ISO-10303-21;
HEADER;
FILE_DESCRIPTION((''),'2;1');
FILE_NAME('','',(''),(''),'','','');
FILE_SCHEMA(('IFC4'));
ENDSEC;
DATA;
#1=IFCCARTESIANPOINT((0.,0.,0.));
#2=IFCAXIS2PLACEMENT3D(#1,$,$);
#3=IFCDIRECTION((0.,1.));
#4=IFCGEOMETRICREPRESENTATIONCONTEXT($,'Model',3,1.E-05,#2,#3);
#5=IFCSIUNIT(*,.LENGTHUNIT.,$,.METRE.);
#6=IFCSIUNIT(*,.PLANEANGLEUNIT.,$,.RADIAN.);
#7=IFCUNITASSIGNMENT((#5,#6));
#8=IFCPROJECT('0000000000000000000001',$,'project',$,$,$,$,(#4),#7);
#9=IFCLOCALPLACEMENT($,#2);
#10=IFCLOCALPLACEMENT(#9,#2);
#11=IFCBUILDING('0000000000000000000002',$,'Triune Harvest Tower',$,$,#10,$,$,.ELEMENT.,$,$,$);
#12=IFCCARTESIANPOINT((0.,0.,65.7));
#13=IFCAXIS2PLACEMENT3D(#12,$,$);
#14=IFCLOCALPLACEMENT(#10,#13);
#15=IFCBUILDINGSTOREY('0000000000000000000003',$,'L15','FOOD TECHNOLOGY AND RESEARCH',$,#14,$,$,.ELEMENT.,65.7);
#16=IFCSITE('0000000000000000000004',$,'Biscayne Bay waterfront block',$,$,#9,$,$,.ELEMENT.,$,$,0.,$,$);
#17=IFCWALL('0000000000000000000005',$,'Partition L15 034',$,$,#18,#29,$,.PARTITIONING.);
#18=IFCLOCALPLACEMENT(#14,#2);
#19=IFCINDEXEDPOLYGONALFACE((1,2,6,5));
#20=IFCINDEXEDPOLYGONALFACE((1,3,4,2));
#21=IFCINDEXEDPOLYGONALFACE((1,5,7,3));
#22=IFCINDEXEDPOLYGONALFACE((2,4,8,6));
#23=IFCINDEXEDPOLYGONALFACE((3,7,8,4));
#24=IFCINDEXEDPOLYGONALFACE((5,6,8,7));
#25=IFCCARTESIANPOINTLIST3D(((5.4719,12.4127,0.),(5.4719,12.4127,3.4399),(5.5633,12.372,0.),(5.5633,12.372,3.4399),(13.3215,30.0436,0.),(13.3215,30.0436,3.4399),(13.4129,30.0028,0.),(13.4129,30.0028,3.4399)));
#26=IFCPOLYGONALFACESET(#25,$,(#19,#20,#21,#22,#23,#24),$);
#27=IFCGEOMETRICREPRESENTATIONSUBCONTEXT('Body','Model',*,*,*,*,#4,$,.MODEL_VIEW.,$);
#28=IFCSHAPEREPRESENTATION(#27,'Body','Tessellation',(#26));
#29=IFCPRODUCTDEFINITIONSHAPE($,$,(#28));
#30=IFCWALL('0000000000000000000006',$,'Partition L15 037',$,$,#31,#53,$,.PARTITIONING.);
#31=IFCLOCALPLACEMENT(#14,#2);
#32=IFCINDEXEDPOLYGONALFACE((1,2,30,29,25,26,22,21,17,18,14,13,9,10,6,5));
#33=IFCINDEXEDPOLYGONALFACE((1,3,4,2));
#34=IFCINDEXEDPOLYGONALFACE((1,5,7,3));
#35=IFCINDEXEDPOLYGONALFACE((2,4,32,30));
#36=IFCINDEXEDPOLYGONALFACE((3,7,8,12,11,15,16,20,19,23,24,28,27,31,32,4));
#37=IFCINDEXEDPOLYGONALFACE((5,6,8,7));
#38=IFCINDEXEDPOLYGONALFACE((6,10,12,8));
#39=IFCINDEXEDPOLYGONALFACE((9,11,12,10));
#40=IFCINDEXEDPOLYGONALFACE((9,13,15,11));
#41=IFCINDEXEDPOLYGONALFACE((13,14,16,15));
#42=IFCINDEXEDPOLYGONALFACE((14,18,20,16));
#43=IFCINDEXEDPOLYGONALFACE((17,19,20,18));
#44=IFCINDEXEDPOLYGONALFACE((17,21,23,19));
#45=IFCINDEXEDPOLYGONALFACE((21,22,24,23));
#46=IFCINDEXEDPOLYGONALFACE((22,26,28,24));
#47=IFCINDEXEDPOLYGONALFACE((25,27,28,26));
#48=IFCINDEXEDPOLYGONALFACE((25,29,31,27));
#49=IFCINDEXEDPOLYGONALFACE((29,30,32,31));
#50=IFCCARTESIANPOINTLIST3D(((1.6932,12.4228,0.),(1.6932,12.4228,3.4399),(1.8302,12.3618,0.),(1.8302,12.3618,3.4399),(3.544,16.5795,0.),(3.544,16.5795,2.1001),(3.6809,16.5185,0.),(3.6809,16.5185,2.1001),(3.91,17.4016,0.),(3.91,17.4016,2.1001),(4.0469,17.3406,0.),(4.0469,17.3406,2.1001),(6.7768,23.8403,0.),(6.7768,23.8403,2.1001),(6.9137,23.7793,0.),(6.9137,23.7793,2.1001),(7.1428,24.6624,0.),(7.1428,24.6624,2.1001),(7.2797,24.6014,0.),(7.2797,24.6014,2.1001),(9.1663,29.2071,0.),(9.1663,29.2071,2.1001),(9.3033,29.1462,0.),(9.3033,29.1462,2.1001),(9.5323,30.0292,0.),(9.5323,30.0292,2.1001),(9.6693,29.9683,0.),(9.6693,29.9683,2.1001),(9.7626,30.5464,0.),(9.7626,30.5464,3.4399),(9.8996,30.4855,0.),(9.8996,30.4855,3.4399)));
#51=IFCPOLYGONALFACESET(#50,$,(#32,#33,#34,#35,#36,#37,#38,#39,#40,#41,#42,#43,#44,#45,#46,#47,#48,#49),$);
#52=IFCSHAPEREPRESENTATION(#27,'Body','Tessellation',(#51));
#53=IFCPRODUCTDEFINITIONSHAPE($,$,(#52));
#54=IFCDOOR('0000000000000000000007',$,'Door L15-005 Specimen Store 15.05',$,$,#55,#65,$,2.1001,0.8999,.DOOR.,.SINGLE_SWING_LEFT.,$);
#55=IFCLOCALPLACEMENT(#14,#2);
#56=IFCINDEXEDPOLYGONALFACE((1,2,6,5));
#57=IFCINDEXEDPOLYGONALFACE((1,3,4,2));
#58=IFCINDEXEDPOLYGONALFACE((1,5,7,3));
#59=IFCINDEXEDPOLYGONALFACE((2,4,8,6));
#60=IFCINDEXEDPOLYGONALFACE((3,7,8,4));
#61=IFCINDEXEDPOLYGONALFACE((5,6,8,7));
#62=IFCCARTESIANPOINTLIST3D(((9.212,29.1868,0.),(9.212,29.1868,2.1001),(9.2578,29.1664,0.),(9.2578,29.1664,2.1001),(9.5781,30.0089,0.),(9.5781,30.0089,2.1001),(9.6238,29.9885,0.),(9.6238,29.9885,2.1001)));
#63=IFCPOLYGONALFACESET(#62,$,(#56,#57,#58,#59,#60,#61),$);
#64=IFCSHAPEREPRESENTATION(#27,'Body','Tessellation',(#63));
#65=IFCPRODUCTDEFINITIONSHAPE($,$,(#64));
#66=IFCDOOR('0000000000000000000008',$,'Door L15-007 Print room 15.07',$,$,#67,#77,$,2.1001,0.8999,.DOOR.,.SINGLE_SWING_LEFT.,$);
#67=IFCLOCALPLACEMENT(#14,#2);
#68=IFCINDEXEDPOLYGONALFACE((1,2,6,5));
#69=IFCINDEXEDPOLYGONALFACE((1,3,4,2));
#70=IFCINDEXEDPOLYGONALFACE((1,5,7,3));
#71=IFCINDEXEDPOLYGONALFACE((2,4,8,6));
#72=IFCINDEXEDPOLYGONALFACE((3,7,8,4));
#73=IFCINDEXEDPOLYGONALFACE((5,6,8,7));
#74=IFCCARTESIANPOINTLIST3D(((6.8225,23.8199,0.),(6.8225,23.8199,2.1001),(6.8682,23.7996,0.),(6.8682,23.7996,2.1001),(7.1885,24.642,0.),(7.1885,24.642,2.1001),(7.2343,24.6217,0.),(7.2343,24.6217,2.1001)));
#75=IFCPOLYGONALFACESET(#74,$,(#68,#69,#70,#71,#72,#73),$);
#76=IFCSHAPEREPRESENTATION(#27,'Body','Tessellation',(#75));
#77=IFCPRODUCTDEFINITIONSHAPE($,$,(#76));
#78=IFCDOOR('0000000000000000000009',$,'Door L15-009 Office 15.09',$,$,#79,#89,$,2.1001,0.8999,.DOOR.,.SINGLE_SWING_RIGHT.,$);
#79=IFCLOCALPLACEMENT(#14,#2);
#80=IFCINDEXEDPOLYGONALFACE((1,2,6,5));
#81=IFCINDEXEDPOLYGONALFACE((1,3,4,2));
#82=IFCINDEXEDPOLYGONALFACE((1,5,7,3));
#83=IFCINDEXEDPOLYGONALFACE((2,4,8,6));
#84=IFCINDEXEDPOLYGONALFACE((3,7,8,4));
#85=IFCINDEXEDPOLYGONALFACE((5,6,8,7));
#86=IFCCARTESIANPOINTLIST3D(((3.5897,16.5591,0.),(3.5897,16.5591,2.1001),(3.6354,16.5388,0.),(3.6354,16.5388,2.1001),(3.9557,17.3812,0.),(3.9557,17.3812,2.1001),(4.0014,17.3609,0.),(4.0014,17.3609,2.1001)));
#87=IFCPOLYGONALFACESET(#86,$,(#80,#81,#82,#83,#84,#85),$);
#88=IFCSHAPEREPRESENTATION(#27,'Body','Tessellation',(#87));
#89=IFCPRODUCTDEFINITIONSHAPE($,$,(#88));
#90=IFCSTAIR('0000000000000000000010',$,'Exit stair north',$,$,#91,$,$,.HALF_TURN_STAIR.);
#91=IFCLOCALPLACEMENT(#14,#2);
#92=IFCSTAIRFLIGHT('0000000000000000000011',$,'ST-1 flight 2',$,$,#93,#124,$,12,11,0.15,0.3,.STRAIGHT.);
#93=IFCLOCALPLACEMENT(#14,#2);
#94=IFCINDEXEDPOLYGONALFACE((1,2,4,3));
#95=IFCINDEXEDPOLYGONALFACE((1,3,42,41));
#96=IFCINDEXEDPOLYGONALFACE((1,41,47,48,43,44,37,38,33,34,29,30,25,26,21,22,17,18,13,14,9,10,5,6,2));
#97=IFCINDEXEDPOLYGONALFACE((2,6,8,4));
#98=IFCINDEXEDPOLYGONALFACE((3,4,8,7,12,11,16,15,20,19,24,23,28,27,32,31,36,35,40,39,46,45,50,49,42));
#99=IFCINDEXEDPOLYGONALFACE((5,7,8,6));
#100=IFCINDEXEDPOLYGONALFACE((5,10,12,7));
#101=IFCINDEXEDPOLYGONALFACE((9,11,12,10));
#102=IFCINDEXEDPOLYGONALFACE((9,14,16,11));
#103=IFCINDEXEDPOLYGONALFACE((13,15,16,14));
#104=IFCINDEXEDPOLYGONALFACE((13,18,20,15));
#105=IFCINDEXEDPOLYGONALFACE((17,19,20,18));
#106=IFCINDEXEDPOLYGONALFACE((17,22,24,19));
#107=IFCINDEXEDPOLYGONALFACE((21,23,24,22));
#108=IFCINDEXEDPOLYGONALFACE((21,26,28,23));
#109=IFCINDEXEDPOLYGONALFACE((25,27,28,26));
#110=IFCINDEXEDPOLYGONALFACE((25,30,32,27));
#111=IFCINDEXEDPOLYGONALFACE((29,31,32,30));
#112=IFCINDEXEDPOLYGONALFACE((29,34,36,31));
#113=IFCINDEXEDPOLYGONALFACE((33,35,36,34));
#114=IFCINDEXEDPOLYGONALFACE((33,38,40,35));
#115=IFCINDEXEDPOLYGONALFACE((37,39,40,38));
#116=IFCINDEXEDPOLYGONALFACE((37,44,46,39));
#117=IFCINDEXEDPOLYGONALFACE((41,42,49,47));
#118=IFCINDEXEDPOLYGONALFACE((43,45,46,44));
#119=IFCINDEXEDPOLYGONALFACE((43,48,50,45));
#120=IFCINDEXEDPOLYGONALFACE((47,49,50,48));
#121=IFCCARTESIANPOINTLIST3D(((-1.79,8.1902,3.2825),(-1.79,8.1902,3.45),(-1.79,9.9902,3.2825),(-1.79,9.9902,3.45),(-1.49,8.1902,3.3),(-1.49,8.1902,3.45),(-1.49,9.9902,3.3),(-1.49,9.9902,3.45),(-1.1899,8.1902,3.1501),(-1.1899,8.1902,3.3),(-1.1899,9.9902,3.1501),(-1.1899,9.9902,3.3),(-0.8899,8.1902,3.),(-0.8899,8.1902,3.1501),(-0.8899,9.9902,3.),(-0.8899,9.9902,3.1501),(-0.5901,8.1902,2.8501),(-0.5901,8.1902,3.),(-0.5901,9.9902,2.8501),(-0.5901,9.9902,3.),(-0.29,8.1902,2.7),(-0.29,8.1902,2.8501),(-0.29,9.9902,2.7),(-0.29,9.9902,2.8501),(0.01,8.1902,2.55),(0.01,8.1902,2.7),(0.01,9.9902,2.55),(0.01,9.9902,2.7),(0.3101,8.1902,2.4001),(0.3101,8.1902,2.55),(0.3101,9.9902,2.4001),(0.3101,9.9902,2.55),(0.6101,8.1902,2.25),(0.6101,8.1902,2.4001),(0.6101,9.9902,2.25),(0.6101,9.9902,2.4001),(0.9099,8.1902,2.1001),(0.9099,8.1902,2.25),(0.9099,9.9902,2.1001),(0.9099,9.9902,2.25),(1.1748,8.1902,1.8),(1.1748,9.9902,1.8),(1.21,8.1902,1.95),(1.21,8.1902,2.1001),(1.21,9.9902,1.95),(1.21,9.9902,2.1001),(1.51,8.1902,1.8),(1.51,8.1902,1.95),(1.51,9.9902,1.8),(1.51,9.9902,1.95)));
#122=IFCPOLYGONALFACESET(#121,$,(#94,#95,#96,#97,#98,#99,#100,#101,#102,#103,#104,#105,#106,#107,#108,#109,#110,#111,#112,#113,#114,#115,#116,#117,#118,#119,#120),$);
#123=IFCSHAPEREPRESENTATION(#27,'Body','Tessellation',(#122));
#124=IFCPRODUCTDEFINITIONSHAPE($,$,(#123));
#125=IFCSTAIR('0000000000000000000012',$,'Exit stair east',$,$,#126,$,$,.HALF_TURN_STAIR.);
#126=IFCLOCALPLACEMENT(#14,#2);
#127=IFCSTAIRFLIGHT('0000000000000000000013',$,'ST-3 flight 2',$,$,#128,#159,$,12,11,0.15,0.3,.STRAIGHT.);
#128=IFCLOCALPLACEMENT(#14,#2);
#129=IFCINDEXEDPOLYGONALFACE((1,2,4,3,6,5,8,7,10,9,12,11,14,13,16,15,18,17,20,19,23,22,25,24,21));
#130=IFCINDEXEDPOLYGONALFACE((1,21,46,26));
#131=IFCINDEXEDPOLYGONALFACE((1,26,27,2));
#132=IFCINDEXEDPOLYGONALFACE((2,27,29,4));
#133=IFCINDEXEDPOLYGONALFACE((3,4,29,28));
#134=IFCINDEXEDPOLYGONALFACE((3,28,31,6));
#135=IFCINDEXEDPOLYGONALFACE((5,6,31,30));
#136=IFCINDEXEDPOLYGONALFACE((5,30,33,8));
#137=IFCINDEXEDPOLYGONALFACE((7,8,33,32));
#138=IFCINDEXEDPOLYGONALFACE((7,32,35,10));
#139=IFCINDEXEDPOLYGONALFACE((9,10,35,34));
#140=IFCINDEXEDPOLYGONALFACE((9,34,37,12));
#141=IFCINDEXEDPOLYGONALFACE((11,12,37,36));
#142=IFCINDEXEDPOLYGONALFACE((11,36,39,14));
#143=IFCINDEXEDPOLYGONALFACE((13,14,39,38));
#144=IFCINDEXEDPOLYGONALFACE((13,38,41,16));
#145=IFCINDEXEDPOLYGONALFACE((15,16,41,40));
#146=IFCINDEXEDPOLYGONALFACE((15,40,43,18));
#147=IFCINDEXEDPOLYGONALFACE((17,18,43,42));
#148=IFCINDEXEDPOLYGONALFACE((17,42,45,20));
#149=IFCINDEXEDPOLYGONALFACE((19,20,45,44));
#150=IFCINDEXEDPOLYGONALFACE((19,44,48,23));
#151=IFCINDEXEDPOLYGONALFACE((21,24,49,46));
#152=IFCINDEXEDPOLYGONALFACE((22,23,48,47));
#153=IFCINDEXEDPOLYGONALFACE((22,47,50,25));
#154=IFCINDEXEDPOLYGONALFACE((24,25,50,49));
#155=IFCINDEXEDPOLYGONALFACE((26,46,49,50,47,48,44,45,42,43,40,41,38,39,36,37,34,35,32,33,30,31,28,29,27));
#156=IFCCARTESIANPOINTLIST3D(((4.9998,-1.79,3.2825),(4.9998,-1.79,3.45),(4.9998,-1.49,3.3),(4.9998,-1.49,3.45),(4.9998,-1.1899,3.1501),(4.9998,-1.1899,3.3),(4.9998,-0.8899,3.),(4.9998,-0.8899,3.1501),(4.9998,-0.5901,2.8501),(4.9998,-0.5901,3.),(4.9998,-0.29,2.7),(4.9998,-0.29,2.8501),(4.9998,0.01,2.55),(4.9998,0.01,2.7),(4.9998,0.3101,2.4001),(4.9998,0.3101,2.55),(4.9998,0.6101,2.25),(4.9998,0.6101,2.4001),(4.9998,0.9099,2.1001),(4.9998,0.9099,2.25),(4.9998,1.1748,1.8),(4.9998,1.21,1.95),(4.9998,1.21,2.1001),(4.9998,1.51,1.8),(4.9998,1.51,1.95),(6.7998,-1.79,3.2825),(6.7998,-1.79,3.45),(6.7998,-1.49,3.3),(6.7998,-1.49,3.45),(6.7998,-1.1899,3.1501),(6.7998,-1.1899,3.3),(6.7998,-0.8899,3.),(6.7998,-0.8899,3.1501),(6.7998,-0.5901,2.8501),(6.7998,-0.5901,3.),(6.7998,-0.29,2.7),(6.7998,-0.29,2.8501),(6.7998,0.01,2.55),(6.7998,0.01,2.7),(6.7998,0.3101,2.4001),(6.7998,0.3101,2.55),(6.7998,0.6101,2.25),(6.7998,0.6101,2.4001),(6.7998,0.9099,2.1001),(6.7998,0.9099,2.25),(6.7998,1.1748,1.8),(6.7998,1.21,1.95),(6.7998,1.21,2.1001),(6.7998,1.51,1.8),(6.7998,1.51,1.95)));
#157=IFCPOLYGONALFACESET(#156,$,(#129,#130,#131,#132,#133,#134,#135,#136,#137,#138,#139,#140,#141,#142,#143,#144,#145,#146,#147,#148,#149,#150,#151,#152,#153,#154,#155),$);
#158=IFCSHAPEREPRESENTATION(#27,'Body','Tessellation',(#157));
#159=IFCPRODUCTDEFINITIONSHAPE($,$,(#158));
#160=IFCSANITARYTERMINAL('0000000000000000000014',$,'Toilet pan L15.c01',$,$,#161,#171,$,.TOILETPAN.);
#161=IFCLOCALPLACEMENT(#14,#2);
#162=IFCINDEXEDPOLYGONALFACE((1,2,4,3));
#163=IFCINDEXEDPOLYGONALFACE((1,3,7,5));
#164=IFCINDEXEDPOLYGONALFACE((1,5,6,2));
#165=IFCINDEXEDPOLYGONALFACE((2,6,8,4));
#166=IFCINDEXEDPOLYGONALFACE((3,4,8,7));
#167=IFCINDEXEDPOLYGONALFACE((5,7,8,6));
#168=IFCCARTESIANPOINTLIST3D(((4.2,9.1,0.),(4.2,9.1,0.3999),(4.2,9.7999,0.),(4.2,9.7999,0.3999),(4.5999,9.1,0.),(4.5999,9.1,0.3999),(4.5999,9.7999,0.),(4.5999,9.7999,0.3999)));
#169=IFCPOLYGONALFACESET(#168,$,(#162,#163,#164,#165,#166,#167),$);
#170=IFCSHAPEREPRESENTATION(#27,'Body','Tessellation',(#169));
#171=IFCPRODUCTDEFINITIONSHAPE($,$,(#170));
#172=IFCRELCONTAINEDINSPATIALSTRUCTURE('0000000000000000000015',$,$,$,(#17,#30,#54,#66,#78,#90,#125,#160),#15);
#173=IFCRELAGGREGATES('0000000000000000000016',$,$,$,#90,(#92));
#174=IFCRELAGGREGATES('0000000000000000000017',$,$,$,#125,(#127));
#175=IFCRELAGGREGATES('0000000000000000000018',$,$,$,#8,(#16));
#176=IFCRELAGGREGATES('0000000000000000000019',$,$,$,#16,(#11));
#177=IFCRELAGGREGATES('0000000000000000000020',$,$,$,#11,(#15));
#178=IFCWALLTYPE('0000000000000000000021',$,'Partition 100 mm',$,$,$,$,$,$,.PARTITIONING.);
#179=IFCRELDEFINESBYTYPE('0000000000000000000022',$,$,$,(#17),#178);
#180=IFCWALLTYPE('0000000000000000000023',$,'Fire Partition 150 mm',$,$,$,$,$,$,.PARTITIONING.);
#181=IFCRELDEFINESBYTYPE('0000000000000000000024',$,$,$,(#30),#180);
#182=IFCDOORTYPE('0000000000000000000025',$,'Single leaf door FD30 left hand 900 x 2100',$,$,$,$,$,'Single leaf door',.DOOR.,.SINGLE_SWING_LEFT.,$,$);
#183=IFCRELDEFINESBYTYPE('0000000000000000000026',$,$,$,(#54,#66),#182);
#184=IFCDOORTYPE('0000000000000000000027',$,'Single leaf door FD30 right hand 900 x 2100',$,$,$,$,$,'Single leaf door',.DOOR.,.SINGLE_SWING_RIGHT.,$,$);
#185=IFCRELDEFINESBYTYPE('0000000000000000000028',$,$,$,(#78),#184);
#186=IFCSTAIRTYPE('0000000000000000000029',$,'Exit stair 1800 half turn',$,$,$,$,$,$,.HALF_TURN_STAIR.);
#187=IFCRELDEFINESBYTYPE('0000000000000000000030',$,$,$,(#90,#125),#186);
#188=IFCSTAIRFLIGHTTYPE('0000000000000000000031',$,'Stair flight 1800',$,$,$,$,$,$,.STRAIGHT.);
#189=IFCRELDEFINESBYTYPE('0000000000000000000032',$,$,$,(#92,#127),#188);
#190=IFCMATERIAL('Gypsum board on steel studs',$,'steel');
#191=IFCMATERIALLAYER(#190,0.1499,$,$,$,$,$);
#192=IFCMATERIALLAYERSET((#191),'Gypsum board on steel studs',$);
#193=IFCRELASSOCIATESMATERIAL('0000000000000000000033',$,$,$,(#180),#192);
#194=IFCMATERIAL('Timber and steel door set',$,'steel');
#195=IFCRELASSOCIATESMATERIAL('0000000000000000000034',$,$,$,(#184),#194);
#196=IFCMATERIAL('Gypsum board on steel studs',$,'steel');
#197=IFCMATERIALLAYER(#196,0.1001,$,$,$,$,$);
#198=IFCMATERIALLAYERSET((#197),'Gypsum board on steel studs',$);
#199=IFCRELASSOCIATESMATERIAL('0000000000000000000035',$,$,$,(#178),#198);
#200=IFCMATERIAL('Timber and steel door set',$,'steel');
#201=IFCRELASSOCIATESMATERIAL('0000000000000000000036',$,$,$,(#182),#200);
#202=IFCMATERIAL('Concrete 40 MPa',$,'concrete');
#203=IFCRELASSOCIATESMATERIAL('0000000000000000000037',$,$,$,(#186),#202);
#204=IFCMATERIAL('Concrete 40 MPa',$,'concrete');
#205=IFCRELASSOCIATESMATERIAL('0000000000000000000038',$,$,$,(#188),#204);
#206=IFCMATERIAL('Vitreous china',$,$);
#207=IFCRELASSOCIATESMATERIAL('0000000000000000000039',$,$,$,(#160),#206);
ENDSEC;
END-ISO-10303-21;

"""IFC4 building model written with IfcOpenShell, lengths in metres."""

from ifc_helpers import new_model, si_unit, direction, frame, frame_2d, origin, origin_2d, place, context, subcontext, project, spatial, polyline, rectangle, outline, extrude, source, transform, mapped, material, layer, layer_set, type_object, element, fill, aggregate, save


model = new_model("IFC4")

# Units and contexts
model_context = context("Model", 3, precision=1e-05, world=origin(), true_north=direction((0.0, 1.0)))
body_context = subcontext(model_context, "Body", "Model", "MODEL_VIEW")
ifc_project = project(units=[si_unit("LENGTHUNIT", "METRE"), si_unit("PLANEANGLEUNIT", "RADIAN")], contexts=[model_context])

# Site, building, storey
site_placement = place(None, origin())
site = spatial("IfcSite", under=ifc_project, at=site_placement, Name="Biscayne Bay waterfront block", CompositionType="ELEMENT", RefElevation=0.0)
building_placement = place(site_placement, origin())
building = spatial("IfcBuilding", under=site, at=building_placement, Name="Triune Harvest Tower", CompositionType="ELEMENT")
storey_placement = place(building_placement, frame((0.0, 0.0, 65.7)))
storey = spatial("IfcBuildingStorey", under=building, at=storey_placement, Name="L15", Description="FOOD TECHNOLOGY AND RESEARCH", CompositionType="ELEMENT", Elevation=65.7)

# Shared definitions
ifc_material_1 = material(Name="Gypsum board on steel studs", Category="steel")
ifc_layer_1 = layer(ifc_material_1, 0.1499)
ifc_layer_set_1 = layer_set([ifc_layer_1], Name="Gypsum board on steel studs")
wall_type_1 = type_object("IfcWallType", Name="Fire Partition 150 mm", PredefinedType="PARTITIONING", material=ifc_layer_set_1)
ifc_material_2 = material(Name="Timber and steel door set", Category="steel")
door_type_1 = type_object("IfcDoorType", Name="Single leaf door FD30 right hand 900 x 2100", ElementType="Single leaf door", OperationType="SINGLE_SWING_RIGHT", PredefinedType="DOOR", material=ifc_material_2)

# Wall
ifc_material_3 = material(Name="Gypsum board on steel studs", Category="steel")
ifc_layer_2 = layer(ifc_material_3, 0.1001)
ifc_layer_set_2 = layer_set([ifc_layer_2], Name="Gypsum board on steel studs")
wall_type_2 = type_object("IfcWallType", Name="Partition 100 mm", PredefinedType="PARTITIONING", material=ifc_layer_set_2)
shared_shape_1 = source(origin(), body_context, "Body", "SweptSolid", [
    extrude(rectangle(XDim=19.2993, YDim=0.1001, at=frame_2d((9.6497, 0.0))), origin(), (0.0, 0.0, 1.0), 3.4399),
])
wall_1_placement = place(storey_placement, frame((5.5176, 12.3923, 0.0), z_axis=(0.0, 0.0, 1.0), x_axis=(0.40673, 0.913548, 0.0)))
element("IfcWall", 1, at=wall_1_placement, inside=storey, type_object=wall_type_2, Name="Partition L15 034", PredefinedType="PARTITIONING", context=body_context, shape_type="MappedRepresentation", body=[
    mapped(shared_shape_1, transform((0.0, 0.0, 0.0), scale=1.0)),
])

# Wall, openings, doors
shared_shape_2 = source(origin(), body_context, "Body", "SweptSolid", [
    extrude(rectangle(XDim=19.8389, YDim=0.1499, at=frame_2d((9.9194, 0.0))), origin(), (0.0, 0.0, 1.0), 3.4399),
])
wall_2_placement = place(storey_placement, frame((1.7617, 12.3923, 0.0), z_axis=(0.0, 0.0, 1.0), x_axis=(0.406746, 0.913541, 0.0)))
wall_2 = element("IfcWall", 2, at=wall_2_placement, inside=storey, type_object=wall_type_1, Name="Partition L15 037", PredefinedType="PARTITIONING", context=body_context, shape_type="MappedRepresentation", body=[
    mapped(shared_shape_2, transform((0.0, 0.0, 0.0), scale=1.0)),
])
opening_1_placement = place(wall_2_placement, frame((18.3728, 0.0, 0.0)))
opening_1 = element("IfcOpeningElement", 3, at=opening_1_placement, cuts=wall_2, PredefinedType="OPENING", context=body_context, shape_type="SweptSolid", body=[
    extrude(rectangle(XDim=0.8999, YDim=2.1001, at=frame_2d((0.45, 1.05))), frame((0.0, 0.085, 0.0), z_axis=(0.0, -1.0, 0.0), x_axis=(1.0, 0.0, 0.0)), (0.0, 0.0, 1.0), 0.1699),
])
opening_2_placement = place(wall_2_placement, frame((12.498, 0.0, 0.0)))
opening_2 = element("IfcOpeningElement", 4, at=opening_2_placement, cuts=wall_2, PredefinedType="OPENING", context=body_context, shape_type="SweptSolid", body=[
    extrude(rectangle(XDim=0.8999, YDim=2.1001, at=frame_2d((0.45, 1.05))), frame((0.0, 0.085, 0.0), z_axis=(0.0, -1.0, 0.0), x_axis=(1.0, 0.0, 0.0)), (0.0, 0.0, 1.0), 0.1699),
])
opening_3_placement = place(wall_2_placement, frame((4.55, 0.0, 0.0)))
opening_3 = element("IfcOpeningElement", 5, at=opening_3_placement, cuts=wall_2, PredefinedType="OPENING", context=body_context, shape_type="SweptSolid", body=[
    extrude(rectangle(XDim=0.8999, YDim=2.1001, at=frame_2d((0.45, 1.05))), frame((0.0, 0.085, 0.0), z_axis=(0.0, -1.0, 0.0), x_axis=(1.0, 0.0, 0.0)), (0.0, 0.0, 1.0), 0.1699),
])
ifc_material_4 = material(Name="Timber and steel door set", Category="steel")
door_type_2 = type_object("IfcDoorType", Name="Single leaf door FD30 left hand 900 x 2100", ElementType="Single leaf door", OperationType="SINGLE_SWING_LEFT", PredefinedType="DOOR", material=ifc_material_4)
door_1_placement = place(opening_1_placement, origin())
door_1 = element("IfcDoor", 6, at=door_1_placement, inside=storey, type_object=door_type_2, Name="Door L15-005 Specimen Store 15.05", OperationType="SINGLE_SWING_LEFT", OverallHeight=2.1001, OverallWidth=0.8999, PredefinedType="DOOR", context=body_context, shape_type="SweptSolid", body=[
    extrude(rectangle(XDim=0.8999, YDim=2.1001, at=frame_2d((0.45, 1.05))), frame((0.0, 0.0249, 0.0), z_axis=(0.0, -1.0, 0.0), x_axis=(1.0, 0.0, 0.0)), (0.0, 0.0, 1.0), 0.05),
])
fill(opening_1, door_1)
door_2_placement = place(opening_2_placement, origin())
door_2 = element("IfcDoor", 7, at=door_2_placement, inside=storey, type_object=door_type_2, Name="Door L15-007 Print room 15.07", OperationType="SINGLE_SWING_LEFT", OverallHeight=2.1001, OverallWidth=0.8999, PredefinedType="DOOR", context=body_context, shape_type="SweptSolid", body=[
    extrude(rectangle(XDim=0.8999, YDim=2.1001, at=frame_2d((0.45, 1.05))), frame((0.0, 0.0249, 0.0), z_axis=(0.0, -1.0, 0.0), x_axis=(1.0, 0.0, 0.0)), (0.0, 0.0, 1.0), 0.05),
])
fill(opening_2, door_2)
door_3_placement = place(opening_3_placement, origin())
door_3 = element("IfcDoor", 8, at=door_3_placement, inside=storey, type_object=door_type_1, Name="Door L15-009 Office 15.09", OperationType="SINGLE_SWING_RIGHT", OverallHeight=2.1001, OverallWidth=0.8999, PredefinedType="DOOR", context=body_context, shape_type="SweptSolid", body=[
    extrude(rectangle(XDim=0.8999, YDim=2.1001, at=frame_2d((0.45, 1.05))), frame((0.0, 0.0249, 0.0), z_axis=(0.0, -1.0, 0.0), x_axis=(1.0, 0.0, 0.0)), (0.0, 0.0, 1.0), 0.05),
])
fill(opening_3, door_3)

# Stairs, stair flights
ifc_material_5 = material(Name="Concrete 40 MPa", Category="concrete")
stair_type = type_object("IfcStairType", Name="Exit stair 1800 half turn", PredefinedType="HALF_TURN_STAIR", material=ifc_material_5)
stair_1_placement = place(storey_placement, origin())
stair_1 = element("IfcStair", 9, at=stair_1_placement, inside=storey, type_object=stair_type, Name="Exit stair north", PredefinedType="HALF_TURN_STAIR")
ifc_material_6 = material(Name="Concrete 40 MPa", Category="concrete")
stair_flight_type = type_object("IfcStairFlightType", Name="Stair flight 1800", PredefinedType="STRAIGHT", material=ifc_material_6)
shared_shape_3 = source(origin(), body_context, "Body", "SweptSolid", [
    extrude(outline(polyline([(0.0, 0.0), (0.0, 0.1499), (0.3, 0.1499), (0.3, 0.3), (0.6001, 0.3), (0.6001, 0.45), (0.8999, 0.45), (0.8999, 0.6001), (1.2, 0.6001), (1.2, 0.75), (1.5, 0.75), (1.5, 0.8999), (1.8, 0.8999), (1.8, 1.05), (2.1001, 1.05), (2.1001, 1.2), (2.3999, 1.2), (2.3999, 1.3501), (2.7, 1.3501), (2.7, 1.5), (3.0, 1.5), (3.0, 1.6499), (3.3, 1.6499), (3.3, 1.8), (3.3, 1.4824), (0.3352, 0.0), (0.0, 0.0)])), frame((0.0, 0.8999, 0.0), z_axis=(0.0, -1.0, 0.0), x_axis=(1.0, 0.0, 0.0)), (0.0, 0.0, 1.0), 1.8),
])
stair_flight_1_placement = place(storey_placement, frame((1.51, 9.0901, 1.8), z_axis=(0.0, 0.0, 1.0), x_axis=(-1.0, 0.0, 0.0)))
stair_flight_1 = element("IfcStairFlight", 10, at=stair_flight_1_placement, type_object=stair_flight_type, Name="ST-1 flight 2", NumberOfRisers=12, NumberOfTreads=11, PredefinedType="STRAIGHT", RiserHeight=0.15, TreadLength=0.3, context=body_context, shape_type="MappedRepresentation", body=[
    mapped(shared_shape_3, transform((0.0, 0.0, 0.0), scale=1.0)),
])
aggregate(stair_1, [stair_flight_1])
stair_2_placement = place(storey_placement, origin())
stair_2 = element("IfcStair", 11, at=stair_2_placement, inside=storey, type_object=stair_type, Name="Exit stair east", PredefinedType="HALF_TURN_STAIR")
stair_flight_2_placement = place(storey_placement, frame((5.8999, 1.51, 1.8), z_axis=(0.0, 0.0, 1.0), x_axis=(0.0, -1.0, 0.0)))
stair_flight_2 = element("IfcStairFlight", 12, at=stair_flight_2_placement, type_object=stair_flight_type, Name="ST-3 flight 2", NumberOfRisers=12, NumberOfTreads=11, PredefinedType="STRAIGHT", RiserHeight=0.15, TreadLength=0.3, context=body_context, shape_type="MappedRepresentation", body=[
    mapped(shared_shape_3, transform((0.0, 0.0, 0.0), scale=1.0)),
])
aggregate(stair_2, [stair_flight_2])

# Sanitary terminal
ifc_material_7 = material(Name="Vitreous china")
shared_shape_4 = source(origin(), body_context, "Body", "SweptSolid", [
    extrude(rectangle(XDim=0.3999, YDim=0.7, at=origin_2d()), origin(), (0.0, 0.0, 1.0), 0.3999),
])
for number, where, z_axis, x_axis, name in (
    (13, (4.3999, 9.45, 0.0), (0.0, 0.0, 1.0), (1.0, 0.0, 0.0), "Toilet pan L15.c01"),
):
    element("IfcSanitaryTerminal", number, at=place(storey_placement, frame(where, z_axis=z_axis, x_axis=x_axis)), inside=storey, material=ifc_material_7, Name=name, PredefinedType="TOILETPAN", context=body_context, shape_type="MappedRepresentation", body=[
        mapped(shared_shape_4, transform((0.0, 0.0, 0.0), scale=1.0)),
    ])

save(model, "model.ifc")
